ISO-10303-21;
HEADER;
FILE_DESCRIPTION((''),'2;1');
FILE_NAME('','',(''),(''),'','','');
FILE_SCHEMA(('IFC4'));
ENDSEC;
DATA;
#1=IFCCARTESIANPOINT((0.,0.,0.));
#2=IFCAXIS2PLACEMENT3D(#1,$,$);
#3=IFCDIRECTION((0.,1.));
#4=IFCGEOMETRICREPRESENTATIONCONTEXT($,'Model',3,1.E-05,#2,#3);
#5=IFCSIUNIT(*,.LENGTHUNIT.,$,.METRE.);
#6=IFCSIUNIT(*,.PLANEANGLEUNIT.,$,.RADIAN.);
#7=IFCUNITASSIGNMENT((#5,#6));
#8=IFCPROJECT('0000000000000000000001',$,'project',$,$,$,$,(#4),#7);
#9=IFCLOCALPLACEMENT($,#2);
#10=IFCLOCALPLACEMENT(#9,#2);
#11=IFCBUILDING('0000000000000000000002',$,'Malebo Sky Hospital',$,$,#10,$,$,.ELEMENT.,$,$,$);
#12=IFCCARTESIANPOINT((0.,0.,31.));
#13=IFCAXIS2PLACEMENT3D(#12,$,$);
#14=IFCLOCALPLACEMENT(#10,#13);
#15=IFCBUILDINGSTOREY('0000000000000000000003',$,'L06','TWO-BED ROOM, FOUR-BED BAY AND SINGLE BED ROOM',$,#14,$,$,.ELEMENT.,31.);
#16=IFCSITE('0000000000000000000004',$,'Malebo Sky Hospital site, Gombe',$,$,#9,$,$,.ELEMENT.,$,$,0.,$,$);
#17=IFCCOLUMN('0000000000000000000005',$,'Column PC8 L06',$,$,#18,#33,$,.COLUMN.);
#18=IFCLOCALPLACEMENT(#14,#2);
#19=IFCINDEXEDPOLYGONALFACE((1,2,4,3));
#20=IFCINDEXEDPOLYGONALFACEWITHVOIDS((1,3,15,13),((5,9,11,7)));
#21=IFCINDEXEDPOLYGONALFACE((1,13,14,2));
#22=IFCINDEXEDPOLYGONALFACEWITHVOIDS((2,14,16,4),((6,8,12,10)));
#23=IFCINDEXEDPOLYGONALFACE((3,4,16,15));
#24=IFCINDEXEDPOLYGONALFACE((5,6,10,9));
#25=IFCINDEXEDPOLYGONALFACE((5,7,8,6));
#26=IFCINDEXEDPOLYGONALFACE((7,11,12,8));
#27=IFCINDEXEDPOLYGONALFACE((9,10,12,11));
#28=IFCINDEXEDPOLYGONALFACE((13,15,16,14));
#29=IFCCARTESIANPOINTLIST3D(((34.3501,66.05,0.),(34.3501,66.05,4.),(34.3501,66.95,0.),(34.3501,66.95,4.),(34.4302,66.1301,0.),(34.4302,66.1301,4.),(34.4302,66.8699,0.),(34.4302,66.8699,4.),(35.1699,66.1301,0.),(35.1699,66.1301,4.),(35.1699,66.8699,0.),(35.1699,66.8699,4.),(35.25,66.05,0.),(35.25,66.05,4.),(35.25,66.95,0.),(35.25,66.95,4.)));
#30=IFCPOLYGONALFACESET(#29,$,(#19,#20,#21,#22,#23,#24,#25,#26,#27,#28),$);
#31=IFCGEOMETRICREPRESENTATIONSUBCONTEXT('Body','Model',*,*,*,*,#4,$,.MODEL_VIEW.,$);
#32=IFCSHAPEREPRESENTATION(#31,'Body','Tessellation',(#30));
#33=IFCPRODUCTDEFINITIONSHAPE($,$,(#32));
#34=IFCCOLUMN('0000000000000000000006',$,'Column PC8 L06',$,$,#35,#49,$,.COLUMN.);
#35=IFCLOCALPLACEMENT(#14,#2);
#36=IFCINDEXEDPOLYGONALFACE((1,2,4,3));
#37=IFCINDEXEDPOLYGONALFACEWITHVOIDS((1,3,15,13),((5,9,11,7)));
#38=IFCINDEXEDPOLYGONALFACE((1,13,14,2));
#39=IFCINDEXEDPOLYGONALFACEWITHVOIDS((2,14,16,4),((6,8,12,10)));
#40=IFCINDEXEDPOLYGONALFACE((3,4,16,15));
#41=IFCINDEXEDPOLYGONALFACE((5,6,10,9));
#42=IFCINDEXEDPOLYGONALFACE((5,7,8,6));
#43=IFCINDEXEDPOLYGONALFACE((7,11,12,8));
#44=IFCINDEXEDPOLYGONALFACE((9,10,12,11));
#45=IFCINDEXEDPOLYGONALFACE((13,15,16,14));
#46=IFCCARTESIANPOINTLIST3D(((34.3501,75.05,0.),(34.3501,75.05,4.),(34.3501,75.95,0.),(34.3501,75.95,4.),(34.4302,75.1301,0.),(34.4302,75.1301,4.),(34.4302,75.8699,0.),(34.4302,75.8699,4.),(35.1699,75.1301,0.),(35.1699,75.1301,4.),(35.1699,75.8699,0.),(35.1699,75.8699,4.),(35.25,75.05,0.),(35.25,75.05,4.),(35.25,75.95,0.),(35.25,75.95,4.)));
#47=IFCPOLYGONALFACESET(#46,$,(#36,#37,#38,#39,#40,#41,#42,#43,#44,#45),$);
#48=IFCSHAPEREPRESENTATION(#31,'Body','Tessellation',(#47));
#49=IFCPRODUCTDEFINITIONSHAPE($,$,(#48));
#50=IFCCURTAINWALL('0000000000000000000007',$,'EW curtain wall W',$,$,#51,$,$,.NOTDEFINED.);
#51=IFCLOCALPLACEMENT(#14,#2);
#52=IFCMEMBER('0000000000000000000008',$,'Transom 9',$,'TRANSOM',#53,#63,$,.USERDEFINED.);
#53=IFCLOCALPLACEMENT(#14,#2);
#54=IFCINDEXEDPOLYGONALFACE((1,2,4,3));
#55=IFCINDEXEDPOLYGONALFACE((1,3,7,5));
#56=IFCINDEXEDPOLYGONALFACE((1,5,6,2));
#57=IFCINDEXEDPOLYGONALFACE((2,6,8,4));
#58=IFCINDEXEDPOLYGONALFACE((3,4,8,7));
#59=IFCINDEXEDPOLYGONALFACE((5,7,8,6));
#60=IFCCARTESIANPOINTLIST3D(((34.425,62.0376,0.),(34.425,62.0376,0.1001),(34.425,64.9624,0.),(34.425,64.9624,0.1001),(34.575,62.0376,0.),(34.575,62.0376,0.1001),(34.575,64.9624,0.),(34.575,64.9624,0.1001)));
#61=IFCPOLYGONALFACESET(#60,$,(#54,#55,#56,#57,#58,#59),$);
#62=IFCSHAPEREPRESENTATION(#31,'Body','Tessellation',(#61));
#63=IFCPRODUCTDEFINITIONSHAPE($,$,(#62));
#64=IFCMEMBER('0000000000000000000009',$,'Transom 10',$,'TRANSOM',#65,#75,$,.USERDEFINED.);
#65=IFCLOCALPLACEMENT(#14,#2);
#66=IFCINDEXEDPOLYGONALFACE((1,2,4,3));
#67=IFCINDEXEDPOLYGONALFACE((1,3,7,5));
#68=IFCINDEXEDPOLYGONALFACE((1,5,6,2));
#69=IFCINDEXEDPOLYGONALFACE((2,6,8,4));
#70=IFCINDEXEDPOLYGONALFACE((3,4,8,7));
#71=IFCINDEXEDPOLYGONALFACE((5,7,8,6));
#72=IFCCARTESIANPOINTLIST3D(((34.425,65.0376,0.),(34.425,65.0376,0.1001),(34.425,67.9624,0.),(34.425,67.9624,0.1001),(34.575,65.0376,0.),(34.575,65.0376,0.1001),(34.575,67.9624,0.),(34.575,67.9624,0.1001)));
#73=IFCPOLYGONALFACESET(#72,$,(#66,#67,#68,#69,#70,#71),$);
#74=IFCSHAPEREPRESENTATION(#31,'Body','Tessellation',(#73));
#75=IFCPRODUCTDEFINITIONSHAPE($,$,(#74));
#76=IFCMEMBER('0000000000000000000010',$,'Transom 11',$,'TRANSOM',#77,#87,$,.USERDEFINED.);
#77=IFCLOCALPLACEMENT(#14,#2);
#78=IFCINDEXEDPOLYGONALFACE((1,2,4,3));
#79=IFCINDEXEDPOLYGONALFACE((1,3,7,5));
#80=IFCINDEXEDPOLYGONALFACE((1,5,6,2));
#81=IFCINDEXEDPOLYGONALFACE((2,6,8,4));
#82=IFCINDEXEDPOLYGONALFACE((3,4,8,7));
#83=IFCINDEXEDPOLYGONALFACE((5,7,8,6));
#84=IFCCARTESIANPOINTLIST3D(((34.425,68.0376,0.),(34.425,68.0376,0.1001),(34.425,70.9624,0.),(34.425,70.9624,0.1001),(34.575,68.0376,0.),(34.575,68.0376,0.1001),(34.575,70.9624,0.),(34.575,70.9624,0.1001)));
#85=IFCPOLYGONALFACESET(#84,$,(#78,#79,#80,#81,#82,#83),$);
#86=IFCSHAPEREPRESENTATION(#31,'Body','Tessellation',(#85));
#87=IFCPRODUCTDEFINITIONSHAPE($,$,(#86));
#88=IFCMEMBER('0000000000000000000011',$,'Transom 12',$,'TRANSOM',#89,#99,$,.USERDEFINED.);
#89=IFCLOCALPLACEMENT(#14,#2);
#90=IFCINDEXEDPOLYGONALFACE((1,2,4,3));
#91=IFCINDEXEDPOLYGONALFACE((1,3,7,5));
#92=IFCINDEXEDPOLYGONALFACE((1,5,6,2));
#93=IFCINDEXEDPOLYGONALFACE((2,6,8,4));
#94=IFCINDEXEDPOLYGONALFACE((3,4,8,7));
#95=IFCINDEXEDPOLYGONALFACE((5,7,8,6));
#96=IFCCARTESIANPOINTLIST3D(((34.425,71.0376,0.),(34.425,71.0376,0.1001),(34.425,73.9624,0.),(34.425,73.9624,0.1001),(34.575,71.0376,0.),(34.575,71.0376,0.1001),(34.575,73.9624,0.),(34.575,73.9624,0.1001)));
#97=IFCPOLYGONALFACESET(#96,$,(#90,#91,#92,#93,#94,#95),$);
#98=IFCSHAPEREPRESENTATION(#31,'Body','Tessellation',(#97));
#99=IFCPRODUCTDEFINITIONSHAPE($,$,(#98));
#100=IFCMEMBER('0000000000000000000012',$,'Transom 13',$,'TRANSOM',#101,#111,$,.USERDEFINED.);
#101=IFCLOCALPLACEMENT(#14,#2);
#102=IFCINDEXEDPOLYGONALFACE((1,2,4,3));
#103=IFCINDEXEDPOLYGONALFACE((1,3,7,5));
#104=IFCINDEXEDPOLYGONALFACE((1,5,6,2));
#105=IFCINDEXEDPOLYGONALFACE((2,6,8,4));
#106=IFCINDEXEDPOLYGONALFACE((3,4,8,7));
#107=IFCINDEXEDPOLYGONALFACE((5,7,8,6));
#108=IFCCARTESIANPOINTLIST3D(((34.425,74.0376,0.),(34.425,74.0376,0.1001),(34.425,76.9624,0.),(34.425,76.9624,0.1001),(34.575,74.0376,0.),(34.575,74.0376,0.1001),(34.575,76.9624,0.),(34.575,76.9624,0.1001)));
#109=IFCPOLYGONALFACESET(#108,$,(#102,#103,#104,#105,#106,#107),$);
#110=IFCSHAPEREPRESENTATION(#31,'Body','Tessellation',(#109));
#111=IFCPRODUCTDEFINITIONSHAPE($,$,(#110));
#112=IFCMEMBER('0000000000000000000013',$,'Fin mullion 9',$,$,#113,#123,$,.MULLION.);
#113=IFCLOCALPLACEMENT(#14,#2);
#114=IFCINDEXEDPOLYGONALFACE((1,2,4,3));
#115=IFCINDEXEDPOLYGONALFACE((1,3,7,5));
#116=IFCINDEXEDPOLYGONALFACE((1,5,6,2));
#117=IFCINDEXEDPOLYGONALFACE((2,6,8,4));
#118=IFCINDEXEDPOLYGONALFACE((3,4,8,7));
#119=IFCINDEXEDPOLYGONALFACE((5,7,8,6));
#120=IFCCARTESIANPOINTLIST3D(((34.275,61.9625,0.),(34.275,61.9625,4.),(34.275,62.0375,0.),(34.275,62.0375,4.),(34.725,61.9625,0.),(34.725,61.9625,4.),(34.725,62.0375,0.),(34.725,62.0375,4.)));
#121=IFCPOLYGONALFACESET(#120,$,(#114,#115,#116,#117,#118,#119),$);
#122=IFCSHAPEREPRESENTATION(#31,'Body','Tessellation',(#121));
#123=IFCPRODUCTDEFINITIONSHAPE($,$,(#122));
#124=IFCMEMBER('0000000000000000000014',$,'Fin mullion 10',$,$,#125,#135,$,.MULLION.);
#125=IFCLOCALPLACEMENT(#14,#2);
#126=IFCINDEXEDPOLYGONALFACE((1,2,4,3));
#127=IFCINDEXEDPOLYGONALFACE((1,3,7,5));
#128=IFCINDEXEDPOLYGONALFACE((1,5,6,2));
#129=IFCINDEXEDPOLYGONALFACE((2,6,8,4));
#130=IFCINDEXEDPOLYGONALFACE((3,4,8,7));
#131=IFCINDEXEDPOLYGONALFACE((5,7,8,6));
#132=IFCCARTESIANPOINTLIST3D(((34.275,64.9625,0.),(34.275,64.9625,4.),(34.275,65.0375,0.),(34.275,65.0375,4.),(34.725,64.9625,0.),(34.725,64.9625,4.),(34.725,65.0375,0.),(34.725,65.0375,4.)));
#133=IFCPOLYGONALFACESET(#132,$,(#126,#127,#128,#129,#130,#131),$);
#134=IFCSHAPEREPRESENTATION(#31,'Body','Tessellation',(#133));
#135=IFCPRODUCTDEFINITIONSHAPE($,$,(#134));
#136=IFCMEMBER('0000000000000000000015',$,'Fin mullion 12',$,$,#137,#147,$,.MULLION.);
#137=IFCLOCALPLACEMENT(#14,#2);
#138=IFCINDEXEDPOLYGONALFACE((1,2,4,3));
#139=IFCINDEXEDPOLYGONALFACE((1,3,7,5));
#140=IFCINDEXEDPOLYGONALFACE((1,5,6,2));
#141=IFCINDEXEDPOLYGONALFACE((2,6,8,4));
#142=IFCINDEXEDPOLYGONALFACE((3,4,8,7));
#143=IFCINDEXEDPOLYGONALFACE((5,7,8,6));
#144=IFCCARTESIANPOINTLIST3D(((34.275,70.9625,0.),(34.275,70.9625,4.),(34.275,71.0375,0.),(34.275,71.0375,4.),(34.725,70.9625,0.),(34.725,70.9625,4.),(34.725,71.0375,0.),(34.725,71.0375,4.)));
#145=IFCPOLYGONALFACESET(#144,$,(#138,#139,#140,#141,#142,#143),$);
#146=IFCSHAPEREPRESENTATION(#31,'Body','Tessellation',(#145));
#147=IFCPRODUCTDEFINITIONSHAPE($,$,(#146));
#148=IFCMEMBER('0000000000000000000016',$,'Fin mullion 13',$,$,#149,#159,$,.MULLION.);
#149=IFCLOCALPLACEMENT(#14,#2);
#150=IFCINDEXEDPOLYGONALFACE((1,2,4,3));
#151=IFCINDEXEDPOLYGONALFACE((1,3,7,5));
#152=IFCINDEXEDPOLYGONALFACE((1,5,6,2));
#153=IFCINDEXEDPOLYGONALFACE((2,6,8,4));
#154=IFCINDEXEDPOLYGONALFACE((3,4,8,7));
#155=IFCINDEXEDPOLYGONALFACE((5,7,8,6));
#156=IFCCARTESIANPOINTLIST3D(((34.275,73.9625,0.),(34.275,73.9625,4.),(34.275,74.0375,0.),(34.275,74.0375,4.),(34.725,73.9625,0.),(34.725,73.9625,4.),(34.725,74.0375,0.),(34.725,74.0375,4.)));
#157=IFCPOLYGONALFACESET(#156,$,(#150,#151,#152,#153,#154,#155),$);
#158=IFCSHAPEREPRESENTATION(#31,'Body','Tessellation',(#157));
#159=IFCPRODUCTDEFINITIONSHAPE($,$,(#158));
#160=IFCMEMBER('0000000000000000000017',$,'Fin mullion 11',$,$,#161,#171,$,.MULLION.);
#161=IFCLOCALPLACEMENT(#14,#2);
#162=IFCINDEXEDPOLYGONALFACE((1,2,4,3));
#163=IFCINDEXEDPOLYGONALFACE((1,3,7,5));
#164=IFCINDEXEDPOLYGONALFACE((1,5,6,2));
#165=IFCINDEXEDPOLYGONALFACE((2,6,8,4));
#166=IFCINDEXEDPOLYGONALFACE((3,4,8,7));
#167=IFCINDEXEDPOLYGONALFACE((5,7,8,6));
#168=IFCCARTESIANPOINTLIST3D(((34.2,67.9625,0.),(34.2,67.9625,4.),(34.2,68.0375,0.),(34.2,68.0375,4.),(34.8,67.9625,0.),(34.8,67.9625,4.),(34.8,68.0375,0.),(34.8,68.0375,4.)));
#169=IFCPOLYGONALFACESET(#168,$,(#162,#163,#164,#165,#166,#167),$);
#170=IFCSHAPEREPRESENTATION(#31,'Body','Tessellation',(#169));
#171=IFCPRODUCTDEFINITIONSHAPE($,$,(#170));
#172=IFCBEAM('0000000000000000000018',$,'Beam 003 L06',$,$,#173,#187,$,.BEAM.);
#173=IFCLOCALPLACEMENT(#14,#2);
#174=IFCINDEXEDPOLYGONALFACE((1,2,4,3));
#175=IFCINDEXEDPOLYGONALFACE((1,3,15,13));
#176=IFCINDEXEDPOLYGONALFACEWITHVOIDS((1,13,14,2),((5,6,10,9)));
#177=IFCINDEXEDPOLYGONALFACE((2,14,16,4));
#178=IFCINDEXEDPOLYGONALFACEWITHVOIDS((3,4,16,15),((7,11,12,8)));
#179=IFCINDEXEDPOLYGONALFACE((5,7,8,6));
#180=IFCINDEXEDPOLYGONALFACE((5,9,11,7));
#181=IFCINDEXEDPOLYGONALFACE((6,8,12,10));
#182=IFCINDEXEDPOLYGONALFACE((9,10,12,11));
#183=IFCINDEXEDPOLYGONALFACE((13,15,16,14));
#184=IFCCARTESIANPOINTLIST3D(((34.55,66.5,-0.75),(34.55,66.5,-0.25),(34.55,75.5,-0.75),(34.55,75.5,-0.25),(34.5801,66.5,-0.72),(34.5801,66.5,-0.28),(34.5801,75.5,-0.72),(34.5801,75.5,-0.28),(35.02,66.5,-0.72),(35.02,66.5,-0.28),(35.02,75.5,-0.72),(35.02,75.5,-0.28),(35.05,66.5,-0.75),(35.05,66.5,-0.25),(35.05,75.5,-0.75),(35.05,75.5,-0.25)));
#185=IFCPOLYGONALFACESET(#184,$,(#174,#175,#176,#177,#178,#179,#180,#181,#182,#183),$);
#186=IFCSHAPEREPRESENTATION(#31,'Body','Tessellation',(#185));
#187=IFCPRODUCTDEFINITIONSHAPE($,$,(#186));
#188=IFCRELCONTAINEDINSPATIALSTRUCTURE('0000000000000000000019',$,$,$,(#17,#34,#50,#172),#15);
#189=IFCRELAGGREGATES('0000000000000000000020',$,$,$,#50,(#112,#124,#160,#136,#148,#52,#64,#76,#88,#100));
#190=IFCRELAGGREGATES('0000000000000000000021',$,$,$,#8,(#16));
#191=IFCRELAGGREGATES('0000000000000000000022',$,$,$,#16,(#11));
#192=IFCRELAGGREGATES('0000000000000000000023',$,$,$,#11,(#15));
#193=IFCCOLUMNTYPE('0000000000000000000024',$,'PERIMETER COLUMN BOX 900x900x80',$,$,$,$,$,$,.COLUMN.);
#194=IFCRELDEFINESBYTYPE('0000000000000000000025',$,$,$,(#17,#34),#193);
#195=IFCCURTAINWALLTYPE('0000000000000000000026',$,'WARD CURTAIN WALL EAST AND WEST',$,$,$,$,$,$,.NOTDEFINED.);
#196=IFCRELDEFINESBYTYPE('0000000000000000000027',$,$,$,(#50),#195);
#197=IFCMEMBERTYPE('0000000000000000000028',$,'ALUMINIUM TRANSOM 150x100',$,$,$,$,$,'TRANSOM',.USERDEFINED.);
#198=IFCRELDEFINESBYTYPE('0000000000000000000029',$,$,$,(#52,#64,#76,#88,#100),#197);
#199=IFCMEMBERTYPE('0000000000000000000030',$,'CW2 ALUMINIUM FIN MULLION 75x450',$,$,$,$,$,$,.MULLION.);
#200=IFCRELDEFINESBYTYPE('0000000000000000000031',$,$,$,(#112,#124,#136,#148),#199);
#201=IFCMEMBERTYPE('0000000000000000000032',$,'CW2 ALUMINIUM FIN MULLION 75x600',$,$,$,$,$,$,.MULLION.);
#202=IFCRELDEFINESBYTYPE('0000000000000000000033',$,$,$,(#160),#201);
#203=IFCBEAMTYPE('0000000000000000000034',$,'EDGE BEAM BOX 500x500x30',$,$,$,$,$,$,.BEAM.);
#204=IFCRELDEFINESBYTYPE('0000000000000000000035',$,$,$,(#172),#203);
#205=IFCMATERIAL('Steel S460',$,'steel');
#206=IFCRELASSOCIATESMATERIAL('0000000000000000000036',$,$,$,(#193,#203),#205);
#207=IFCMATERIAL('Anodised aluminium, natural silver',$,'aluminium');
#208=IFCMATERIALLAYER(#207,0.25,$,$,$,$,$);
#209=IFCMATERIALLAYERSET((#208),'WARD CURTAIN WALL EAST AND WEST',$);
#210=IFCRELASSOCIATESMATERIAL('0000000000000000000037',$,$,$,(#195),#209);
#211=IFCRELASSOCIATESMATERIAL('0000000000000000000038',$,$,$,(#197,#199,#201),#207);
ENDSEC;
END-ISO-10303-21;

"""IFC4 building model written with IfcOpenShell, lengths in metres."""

from ifc_helpers import new_model, si_unit, direction, frame, origin, origin_2d, place, context, subcontext, project, spatial, rectangle, hollow_rectangle, extrude, material, layer, layer_set, material_profile, profile_set, type_object, element, aggregate, save


model = new_model("IFC4")

# Units and contexts
model_context = context("Model", 3, precision=1e-05, world=origin(), true_north=direction((0.0, 1.0)))
body_context = subcontext(model_context, "Body", "Model", "MODEL_VIEW")
ifc_project = project(units=[si_unit("LENGTHUNIT", "METRE"), si_unit("PLANEANGLEUNIT", "RADIAN")], contexts=[model_context])

# Site, building, storey
site_placement = place(None, origin())
site = spatial("IfcSite", under=ifc_project, at=site_placement, Name="Malebo Sky Hospital site, Gombe", CompositionType="ELEMENT", RefElevation=0.0)
building_placement = place(site_placement, origin())
building = spatial("IfcBuilding", under=site, at=building_placement, Name="Malebo Sky Hospital", CompositionType="ELEMENT")
storey_placement = place(building_placement, frame((0.0, 0.0, 31.0)))
storey = spatial("IfcBuildingStorey", under=building, at=storey_placement, Name="L06", Description="TWO-BED ROOM, FOUR-BED BAY AND SINGLE BED ROOM", CompositionType="ELEMENT", Elevation=31.0)

# Columns
ifc_material_1 = material(Name="Steel S460", Category="steel")
ifc_material_profile_1 = material_profile(ifc_material_1, hollow_rectangle(XDim=0.8999, YDim=0.8999, WallThickness=0.0801, at=origin_2d()), Name="BOX 900x900x80")
ifc_profile_set_1 = profile_set([ifc_material_profile_1], Name="Steel S460")
column_type = type_object("IfcColumnType", Name="PERIMETER COLUMN BOX 900x900x80", PredefinedType="COLUMN", material=ifc_profile_set_1)
for number, where, z_axis, x_axis, name in (
    (1, (34.8, 66.5, 0.0), (0.0, 0.0, 1.0), (1.0, 0.0, 0.0), "Column PC8 L06"),
    (2, (34.8, 75.5, 0.0), (0.0, 0.0, 1.0), (1.0, 0.0, 0.0), "Column PC8 L06"),
):
    element("IfcColumn", number, at=place(storey_placement, frame(where, z_axis=z_axis, x_axis=x_axis)), inside=storey, type_object=column_type, Name=name, PredefinedType="COLUMN", context=body_context, shape_type="SweptSolid", body=[
        extrude(hollow_rectangle(XDim=0.8999, YDim=0.8999, WallThickness=0.0801, at=origin_2d()), origin(), (0.0, 0.0, 1.0), 4.0),
    ])

# Curtain wall, members
ifc_material_2 = material(Name="Anodised aluminium, natural silver", Category="aluminium")
ifc_layer_1 = layer(ifc_material_2, 0.25)
ifc_layer_set_1 = layer_set([ifc_layer_1], Name="WARD CURTAIN WALL EAST AND WEST")
curtain_wall_type = type_object("IfcCurtainWallType", Name="WARD CURTAIN WALL EAST AND WEST", PredefinedType="NOTDEFINED", material=ifc_layer_set_1)
curtain_wall_placement = place(storey_placement, origin())
curtain_wall = element("IfcCurtainWall", 3, at=curtain_wall_placement, inside=storey, type_object=curtain_wall_type, Name="EW curtain wall W", PredefinedType="NOTDEFINED")
ifc_material_profile_2 = material_profile(ifc_material_2, rectangle(XDim=0.1499, YDim=0.1001, at=origin_2d()), Name="ALUMINIUM TRANSOM 150x100")
ifc_profile_set_2 = profile_set([ifc_material_profile_2], Name="Anodised aluminium, natural silver")
member_type_1 = type_object("IfcMemberType", Name="ALUMINIUM TRANSOM 150x100", ElementType="TRANSOM", PredefinedType="USERDEFINED", material=ifc_profile_set_2)
member_1_placement = place(storey_placement, frame((34.5, 62.0376, 0.05), z_axis=(0.0, 1.0, 0.0), x_axis=(-1.0, 0.0, 0.0)))
member_1 = element("IfcMember", 4, at=member_1_placement, type_object=member_type_1, Name="Transom 9", ObjectType="TRANSOM", PredefinedType="USERDEFINED", context=body_context, shape_type="SweptSolid", body=[
    extrude(rectangle(XDim=0.1499, YDim=0.1001, at=origin_2d()), origin(), (0.0, 0.0, 1.0), 2.9248),
])
member_2_placement = place(storey_placement, frame((34.5, 65.0376, 0.05), z_axis=(0.0, 1.0, 0.0), x_axis=(-1.0, 0.0, 0.0)))
member_2 = element("IfcMember", 5, at=member_2_placement, type_object=member_type_1, Name="Transom 10", ObjectType="TRANSOM", PredefinedType="USERDEFINED", context=body_context, shape_type="SweptSolid", body=[
    extrude(rectangle(XDim=0.1499, YDim=0.1001, at=origin_2d()), origin(), (0.0, 0.0, 1.0), 2.9248),
])
member_3_placement = place(storey_placement, frame((34.5, 68.0376, 0.05), z_axis=(0.0, 1.0, 0.0), x_axis=(-1.0, 0.0, 0.0)))
member_3 = element("IfcMember", 6, at=member_3_placement, type_object=member_type_1, Name="Transom 11", ObjectType="TRANSOM", PredefinedType="USERDEFINED", context=body_context, shape_type="SweptSolid", body=[
    extrude(rectangle(XDim=0.1499, YDim=0.1001, at=origin_2d()), origin(), (0.0, 0.0, 1.0), 2.9248),
])
member_4_placement = place(storey_placement, frame((34.5, 71.0376, 0.05), z_axis=(0.0, 1.0, 0.0), x_axis=(-1.0, 0.0, 0.0)))
member_4 = element("IfcMember", 7, at=member_4_placement, type_object=member_type_1, Name="Transom 12", ObjectType="TRANSOM", PredefinedType="USERDEFINED", context=body_context, shape_type="SweptSolid", body=[
    extrude(rectangle(XDim=0.1499, YDim=0.1001, at=origin_2d()), origin(), (0.0, 0.0, 1.0), 2.9248),
])
member_5_placement = place(storey_placement, frame((34.5, 74.0376, 0.05), z_axis=(0.0, 1.0, 0.0), x_axis=(-1.0, 0.0, 0.0)))
member_5 = element("IfcMember", 8, at=member_5_placement, type_object=member_type_1, Name="Transom 13", ObjectType="TRANSOM", PredefinedType="USERDEFINED", context=body_context, shape_type="SweptSolid", body=[
    extrude(rectangle(XDim=0.1499, YDim=0.1001, at=origin_2d()), origin(), (0.0, 0.0, 1.0), 2.9248),
])
ifc_material_profile_3 = material_profile(ifc_material_2, rectangle(XDim=0.075, YDim=0.45, at=origin_2d()), Name="CW2 ALUMINIUM FIN MULLION 75x450")
ifc_profile_set_3 = profile_set([ifc_material_profile_3], Name="Anodised aluminium, natural silver")
member_type_2 = type_object("IfcMemberType", Name="CW2 ALUMINIUM FIN MULLION 75x450", PredefinedType="MULLION", material=ifc_profile_set_3)
member_6_placement = place(storey_placement, frame((34.5, 62.0, 0.0), z_axis=(0.0, 0.0, 1.0), x_axis=(0.0, 1.0, 0.0)))
member_6 = element("IfcMember", 9, at=member_6_placement, type_object=member_type_2, Name="Fin mullion 9", PredefinedType="MULLION", context=body_context, shape_type="SweptSolid", body=[
    extrude(rectangle(XDim=0.075, YDim=0.45, at=origin_2d()), origin(), (0.0, 0.0, 1.0), 4.0),
])
member_7_placement = place(storey_placement, frame((34.5, 65.0, 0.0), z_axis=(0.0, 0.0, 1.0), x_axis=(0.0, 1.0, 0.0)))
member_7 = element("IfcMember", 10, at=member_7_placement, type_object=member_type_2, Name="Fin mullion 10", PredefinedType="MULLION", context=body_context, shape_type="SweptSolid", body=[
    extrude(rectangle(XDim=0.075, YDim=0.45, at=origin_2d()), origin(), (0.0, 0.0, 1.0), 4.0),
])
member_8_placement = place(storey_placement, frame((34.5, 71.0, 0.0), z_axis=(0.0, 0.0, 1.0), x_axis=(0.0, 1.0, 0.0)))
member_8 = element("IfcMember", 11, at=member_8_placement, type_object=member_type_2, Name="Fin mullion 12", PredefinedType="MULLION", context=body_context, shape_type="SweptSolid", body=[
    extrude(rectangle(XDim=0.075, YDim=0.45, at=origin_2d()), origin(), (0.0, 0.0, 1.0), 4.0),
])
member_9_placement = place(storey_placement, frame((34.5, 74.0, 0.0), z_axis=(0.0, 0.0, 1.0), x_axis=(0.0, 1.0, 0.0)))
member_9 = element("IfcMember", 12, at=member_9_placement, type_object=member_type_2, Name="Fin mullion 13", PredefinedType="MULLION", context=body_context, shape_type="SweptSolid", body=[
    extrude(rectangle(XDim=0.075, YDim=0.45, at=origin_2d()), origin(), (0.0, 0.0, 1.0), 4.0),
])
ifc_material_profile_4 = material_profile(ifc_material_2, rectangle(XDim=0.075, YDim=0.6001, at=origin_2d()), Name="CW2 ALUMINIUM FIN MULLION 75x600")
ifc_profile_set_4 = profile_set([ifc_material_profile_4], Name="Anodised aluminium, natural silver")
member_type_3 = type_object("IfcMemberType", Name="CW2 ALUMINIUM FIN MULLION 75x600", PredefinedType="MULLION", material=ifc_profile_set_4)
member_10_placement = place(storey_placement, frame((34.5, 68.0, 0.0), z_axis=(0.0, 0.0, 1.0), x_axis=(0.0, 1.0, 0.0)))
member_10 = element("IfcMember", 13, at=member_10_placement, type_object=member_type_3, Name="Fin mullion 11", PredefinedType="MULLION", context=body_context, shape_type="SweptSolid", body=[
    extrude(rectangle(XDim=0.075, YDim=0.6001, at=origin_2d()), origin(), (0.0, 0.0, 1.0), 4.0),
])

# Beam
ifc_material_profile_5 = material_profile(ifc_material_1, hollow_rectangle(XDim=0.5, YDim=0.5, WallThickness=0.03, at=origin_2d()), Name="BOX 500x500x30")
ifc_profile_set_5 = profile_set([ifc_material_profile_5], Name="Steel S460")
beam_type_1 = type_object("IfcBeamType", Name="EDGE BEAM BOX 500x500x30", PredefinedType="BEAM", material=ifc_profile_set_5)
beam_1_placement = place(storey_placement, frame((34.8, 66.5, -0.5), z_axis=(0.0, 1.0, 0.0), x_axis=(-1.0, 0.0, 0.0)))
element("IfcBeam", 14, at=beam_1_placement, inside=storey, type_object=beam_type_1, Name="Beam 003 L06", PredefinedType="BEAM", context=body_context, shape_type="SweptSolid", body=[
    extrude(hollow_rectangle(XDim=0.5, YDim=0.5, WallThickness=0.03, at=origin_2d()), origin(), (0.0, 0.0, 1.0), 9.0),
])

aggregate(curtain_wall, [member_6, member_7, member_10, member_8, member_9, member_1, member_2, member_3, member_4, member_5])

save(model, "model.ifc")
